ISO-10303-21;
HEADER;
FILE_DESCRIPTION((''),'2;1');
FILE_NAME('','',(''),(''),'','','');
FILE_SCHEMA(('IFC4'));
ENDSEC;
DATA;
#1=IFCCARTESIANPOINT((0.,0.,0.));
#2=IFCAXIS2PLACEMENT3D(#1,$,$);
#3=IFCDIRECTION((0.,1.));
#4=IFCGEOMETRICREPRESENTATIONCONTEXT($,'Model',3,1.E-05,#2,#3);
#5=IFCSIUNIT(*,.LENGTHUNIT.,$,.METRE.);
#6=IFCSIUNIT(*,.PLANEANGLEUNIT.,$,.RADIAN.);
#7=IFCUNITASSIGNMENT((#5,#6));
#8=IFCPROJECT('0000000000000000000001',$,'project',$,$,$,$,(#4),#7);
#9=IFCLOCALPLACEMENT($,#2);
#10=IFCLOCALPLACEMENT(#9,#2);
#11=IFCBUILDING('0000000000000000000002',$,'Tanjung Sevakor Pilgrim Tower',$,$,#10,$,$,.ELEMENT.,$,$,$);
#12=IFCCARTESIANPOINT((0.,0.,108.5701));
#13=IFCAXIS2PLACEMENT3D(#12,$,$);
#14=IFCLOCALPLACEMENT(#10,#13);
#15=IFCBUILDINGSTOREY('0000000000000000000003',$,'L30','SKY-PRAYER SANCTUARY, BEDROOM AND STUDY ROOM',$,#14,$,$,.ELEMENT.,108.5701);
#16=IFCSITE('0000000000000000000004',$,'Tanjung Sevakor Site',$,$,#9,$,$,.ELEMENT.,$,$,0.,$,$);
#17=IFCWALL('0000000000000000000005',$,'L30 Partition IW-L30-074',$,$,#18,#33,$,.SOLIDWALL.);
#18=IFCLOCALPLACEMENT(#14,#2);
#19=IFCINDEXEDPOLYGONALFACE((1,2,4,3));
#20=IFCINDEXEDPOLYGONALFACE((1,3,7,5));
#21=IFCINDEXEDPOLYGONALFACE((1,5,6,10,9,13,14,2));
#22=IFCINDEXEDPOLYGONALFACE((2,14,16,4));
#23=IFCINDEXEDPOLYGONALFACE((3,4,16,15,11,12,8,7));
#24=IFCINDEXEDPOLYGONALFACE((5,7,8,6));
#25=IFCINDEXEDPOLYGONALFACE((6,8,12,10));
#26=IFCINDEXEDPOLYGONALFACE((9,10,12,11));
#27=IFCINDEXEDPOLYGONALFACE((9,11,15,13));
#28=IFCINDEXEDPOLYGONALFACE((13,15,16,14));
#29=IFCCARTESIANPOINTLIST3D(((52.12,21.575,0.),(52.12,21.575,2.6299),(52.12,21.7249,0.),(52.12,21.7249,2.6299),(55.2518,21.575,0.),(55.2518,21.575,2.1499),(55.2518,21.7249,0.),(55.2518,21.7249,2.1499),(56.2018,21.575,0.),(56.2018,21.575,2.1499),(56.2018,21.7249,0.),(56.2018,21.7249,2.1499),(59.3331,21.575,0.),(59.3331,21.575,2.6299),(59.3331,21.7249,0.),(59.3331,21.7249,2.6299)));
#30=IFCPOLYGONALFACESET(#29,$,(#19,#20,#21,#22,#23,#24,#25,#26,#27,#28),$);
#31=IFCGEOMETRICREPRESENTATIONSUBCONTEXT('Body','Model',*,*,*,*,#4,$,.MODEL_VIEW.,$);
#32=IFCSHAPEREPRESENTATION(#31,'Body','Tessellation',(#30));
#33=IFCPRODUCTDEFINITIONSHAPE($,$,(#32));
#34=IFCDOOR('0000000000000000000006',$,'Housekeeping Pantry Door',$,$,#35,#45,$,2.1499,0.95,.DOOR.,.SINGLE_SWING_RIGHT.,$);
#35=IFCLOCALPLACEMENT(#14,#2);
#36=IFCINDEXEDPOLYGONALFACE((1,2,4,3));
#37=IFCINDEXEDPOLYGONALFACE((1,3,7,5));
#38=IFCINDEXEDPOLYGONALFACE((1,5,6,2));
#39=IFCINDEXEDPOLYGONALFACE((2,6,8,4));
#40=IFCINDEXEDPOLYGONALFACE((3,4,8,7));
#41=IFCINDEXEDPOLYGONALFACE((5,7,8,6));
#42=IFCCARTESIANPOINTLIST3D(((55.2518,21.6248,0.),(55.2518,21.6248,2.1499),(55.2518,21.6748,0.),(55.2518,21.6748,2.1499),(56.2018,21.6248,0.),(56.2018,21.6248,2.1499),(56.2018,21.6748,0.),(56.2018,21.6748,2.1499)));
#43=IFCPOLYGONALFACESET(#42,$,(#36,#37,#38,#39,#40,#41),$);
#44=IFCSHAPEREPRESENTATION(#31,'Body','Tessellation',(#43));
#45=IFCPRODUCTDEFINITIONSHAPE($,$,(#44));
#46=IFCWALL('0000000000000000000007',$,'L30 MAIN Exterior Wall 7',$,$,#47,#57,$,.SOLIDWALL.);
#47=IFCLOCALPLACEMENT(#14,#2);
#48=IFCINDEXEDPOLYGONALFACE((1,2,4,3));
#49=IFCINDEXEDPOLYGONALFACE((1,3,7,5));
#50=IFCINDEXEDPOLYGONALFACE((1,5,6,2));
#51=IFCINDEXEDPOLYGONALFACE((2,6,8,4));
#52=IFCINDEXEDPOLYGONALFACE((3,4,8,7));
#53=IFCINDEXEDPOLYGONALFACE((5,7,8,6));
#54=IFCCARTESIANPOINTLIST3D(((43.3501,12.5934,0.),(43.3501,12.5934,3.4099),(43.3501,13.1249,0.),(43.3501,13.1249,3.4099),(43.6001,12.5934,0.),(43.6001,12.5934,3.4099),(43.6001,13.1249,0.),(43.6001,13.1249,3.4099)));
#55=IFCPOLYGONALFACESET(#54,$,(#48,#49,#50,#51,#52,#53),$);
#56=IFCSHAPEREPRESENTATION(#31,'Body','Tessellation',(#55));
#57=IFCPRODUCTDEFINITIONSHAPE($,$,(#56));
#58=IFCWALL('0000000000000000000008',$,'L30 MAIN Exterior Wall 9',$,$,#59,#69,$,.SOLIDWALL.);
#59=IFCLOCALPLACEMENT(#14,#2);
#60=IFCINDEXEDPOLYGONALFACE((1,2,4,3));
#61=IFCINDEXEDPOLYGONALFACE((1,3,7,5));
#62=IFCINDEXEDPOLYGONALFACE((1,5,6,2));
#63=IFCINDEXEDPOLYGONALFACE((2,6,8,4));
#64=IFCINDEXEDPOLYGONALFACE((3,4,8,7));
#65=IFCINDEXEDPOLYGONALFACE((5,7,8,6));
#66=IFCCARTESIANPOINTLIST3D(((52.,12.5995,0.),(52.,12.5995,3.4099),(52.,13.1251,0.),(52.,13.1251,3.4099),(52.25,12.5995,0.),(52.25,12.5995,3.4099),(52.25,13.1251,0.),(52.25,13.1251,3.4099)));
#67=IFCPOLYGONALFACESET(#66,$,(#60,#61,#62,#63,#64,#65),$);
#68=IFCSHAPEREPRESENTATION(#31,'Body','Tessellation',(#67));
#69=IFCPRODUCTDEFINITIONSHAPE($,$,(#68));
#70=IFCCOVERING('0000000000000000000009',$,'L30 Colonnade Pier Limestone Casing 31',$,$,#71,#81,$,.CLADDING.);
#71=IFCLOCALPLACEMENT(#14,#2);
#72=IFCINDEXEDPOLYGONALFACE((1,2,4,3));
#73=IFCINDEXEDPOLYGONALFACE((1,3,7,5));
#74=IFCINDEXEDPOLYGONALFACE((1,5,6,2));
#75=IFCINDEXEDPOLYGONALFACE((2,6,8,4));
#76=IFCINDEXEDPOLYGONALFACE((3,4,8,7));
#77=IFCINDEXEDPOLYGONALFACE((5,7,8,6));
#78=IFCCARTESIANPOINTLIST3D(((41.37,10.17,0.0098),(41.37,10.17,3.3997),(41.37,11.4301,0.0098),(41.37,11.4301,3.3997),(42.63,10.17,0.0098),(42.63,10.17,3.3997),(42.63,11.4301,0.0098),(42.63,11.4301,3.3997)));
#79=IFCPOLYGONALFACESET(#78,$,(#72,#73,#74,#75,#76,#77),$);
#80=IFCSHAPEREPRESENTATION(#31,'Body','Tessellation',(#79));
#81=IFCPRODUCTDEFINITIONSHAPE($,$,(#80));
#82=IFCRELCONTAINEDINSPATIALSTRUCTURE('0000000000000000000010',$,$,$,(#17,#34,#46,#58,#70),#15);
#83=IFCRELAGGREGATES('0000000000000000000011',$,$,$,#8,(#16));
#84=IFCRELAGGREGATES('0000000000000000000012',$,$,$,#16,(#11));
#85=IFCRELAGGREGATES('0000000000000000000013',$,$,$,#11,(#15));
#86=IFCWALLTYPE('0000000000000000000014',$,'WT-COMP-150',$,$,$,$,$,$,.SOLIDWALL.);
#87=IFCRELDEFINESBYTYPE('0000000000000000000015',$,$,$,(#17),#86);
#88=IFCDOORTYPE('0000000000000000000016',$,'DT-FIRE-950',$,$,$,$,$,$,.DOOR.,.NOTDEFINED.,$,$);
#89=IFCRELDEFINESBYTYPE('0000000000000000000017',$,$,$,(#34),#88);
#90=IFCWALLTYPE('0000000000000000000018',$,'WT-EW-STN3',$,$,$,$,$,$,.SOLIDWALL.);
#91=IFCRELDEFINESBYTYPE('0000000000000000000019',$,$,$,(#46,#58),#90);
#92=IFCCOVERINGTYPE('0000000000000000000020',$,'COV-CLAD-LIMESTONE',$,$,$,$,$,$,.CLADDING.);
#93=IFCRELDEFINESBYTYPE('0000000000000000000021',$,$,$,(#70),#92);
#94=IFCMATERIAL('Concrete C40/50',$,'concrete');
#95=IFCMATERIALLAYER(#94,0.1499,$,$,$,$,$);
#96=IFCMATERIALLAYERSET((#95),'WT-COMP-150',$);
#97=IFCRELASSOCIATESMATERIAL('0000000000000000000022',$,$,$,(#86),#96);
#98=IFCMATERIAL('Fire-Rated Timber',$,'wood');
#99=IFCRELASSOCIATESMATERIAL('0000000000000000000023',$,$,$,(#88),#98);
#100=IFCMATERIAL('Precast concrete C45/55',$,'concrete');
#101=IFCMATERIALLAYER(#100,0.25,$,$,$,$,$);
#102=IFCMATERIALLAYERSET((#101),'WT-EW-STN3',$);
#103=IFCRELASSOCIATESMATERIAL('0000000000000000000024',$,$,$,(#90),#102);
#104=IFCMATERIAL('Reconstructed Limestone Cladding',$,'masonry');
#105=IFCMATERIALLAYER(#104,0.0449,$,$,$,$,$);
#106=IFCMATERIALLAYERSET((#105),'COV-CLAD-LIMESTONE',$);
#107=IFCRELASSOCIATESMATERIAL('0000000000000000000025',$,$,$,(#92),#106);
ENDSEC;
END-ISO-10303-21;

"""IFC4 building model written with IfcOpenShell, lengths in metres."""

from ifc_helpers import new_model, si_unit, direction, frame, frame_2d, origin, origin_2d, place, context, subcontext, project, spatial, rectangle, extrude, material, layer, layer_set, type_object, element, fill, save


model = new_model("IFC4")

# Units and contexts
model_context = context("Model", 3, precision=1e-05, world=origin(), true_north=direction((0.0, 1.0)))
body_context = subcontext(model_context, "Body", "Model", "MODEL_VIEW")
ifc_project = project(units=[si_unit("LENGTHUNIT", "METRE"), si_unit("PLANEANGLEUNIT", "RADIAN")], contexts=[model_context])

# Site, building, storey
site_placement = place(None, origin())
site = spatial("IfcSite", under=ifc_project, at=site_placement, Name="Tanjung Sevakor Site", CompositionType="ELEMENT", RefElevation=0.0)
building_placement = place(site_placement, origin())
building = spatial("IfcBuilding", under=site, at=building_placement, Name="Tanjung Sevakor Pilgrim Tower", CompositionType="ELEMENT")
storey_placement = place(building_placement, frame((0.0, 0.0, 108.5701)))
storey = spatial("IfcBuildingStorey", under=building, at=storey_placement, Name="L30", Description="SKY-PRAYER SANCTUARY, BEDROOM AND STUDY ROOM", CompositionType="ELEMENT", Elevation=108.5701)

# Shared definitions
ifc_material_1 = material(Name="Concrete C40/50", Category="concrete")
ifc_layer_1 = layer(ifc_material_1, 0.1499)
ifc_layer_set_1 = layer_set([ifc_layer_1], Name="WT-COMP-150")
wall_type_1 = type_object("IfcWallType", Name="WT-COMP-150", PredefinedType="SOLIDWALL", material=ifc_layer_set_1)

# Wall, opening, door
wall_1_placement = place(storey_placement, frame((52.1201, 21.6499, 0.0), z_axis=(0.0, 0.0, 1.0), x_axis=(1.0, 0.0, 0.0)))
wall_1 = element("IfcWall", 1, at=wall_1_placement, inside=storey, type_object=wall_type_1, Name="L30 Partition IW-L30-074", PredefinedType="SOLIDWALL", context=body_context, shape_type="SweptSolid", body=[
    extrude(rectangle(XDim=7.2131, YDim=0.1499, at=frame_2d((3.6064, 0.0))), origin(), (0.0, 0.0, 1.0), 2.6299),
])
opening_1_placement = place(wall_1_placement, frame((3.1316, 0.0, 0.0)))
opening_1 = element("IfcOpeningElement", 2, at=opening_1_placement, cuts=wall_1, PredefinedType="OPENING", context=body_context, shape_type="SweptSolid", body=[
    extrude(rectangle(XDim=0.95, YDim=2.1499, at=frame_2d((0.4751, 1.075))), frame((0.0, 0.085, 0.0), z_axis=(0.0, -1.0, 0.0), x_axis=(1.0, 0.0, 0.0)), (0.0, 0.0, 1.0), 0.1699),
])
ifc_material_2 = material(Name="Fire-Rated Timber", Category="wood")
door_type_1 = type_object("IfcDoorType", Name="DT-FIRE-950", OperationType="NOTDEFINED", PredefinedType="DOOR", material=ifc_material_2)
door_1_placement = place(opening_1_placement, origin())
door_1 = element("IfcDoor", 3, at=door_1_placement, inside=storey, type_object=door_type_1, Name="Housekeeping Pantry Door", OperationType="SINGLE_SWING_RIGHT", OverallHeight=2.1499, OverallWidth=0.95, PredefinedType="DOOR", context=body_context, shape_type="SweptSolid", body=[
    extrude(rectangle(XDim=0.95, YDim=2.1499, at=frame_2d((0.4751, 1.075))), frame((0.0, 0.0249, 0.0), z_axis=(0.0, -1.0, 0.0), x_axis=(1.0, 0.0, 0.0)), (0.0, 0.0, 1.0), 0.05),
])
fill(opening_1, door_1)

# Walls
ifc_material_3 = material(Name="Precast concrete C45/55", Category="concrete")
ifc_layer_2 = layer(ifc_material_3, 0.25)
ifc_layer_set_2 = layer_set([ifc_layer_2], Name="WT-EW-STN3")
wall_type_2 = type_object("IfcWallType", Name="WT-EW-STN3", PredefinedType="SOLIDWALL", material=ifc_layer_set_2)
wall_2_placement = place(storey_placement, frame((43.4751, 12.5935, 0.0), z_axis=(0.0, 0.0, 1.0), x_axis=(0.0, 1.0, 0.0)))
element("IfcWall", 4, at=wall_2_placement, inside=storey, type_object=wall_type_2, Name="L30 MAIN Exterior Wall 7", PredefinedType="SOLIDWALL", context=body_context, shape_type="SweptSolid", body=[
    extrude(rectangle(XDim=0.5315, YDim=0.25, at=frame_2d((0.2656, 0.0))), origin(), (0.0, 0.0, 1.0), 3.4099),
])
wall_3_placement = place(storey_placement, frame((52.125, 13.125, 0.0), z_axis=(0.0, 0.0, 1.0), x_axis=(0.0, -1.0, 0.0)))
element("IfcWall", 5, at=wall_3_placement, inside=storey, type_object=wall_type_2, Name="L30 MAIN Exterior Wall 9", PredefinedType="SOLIDWALL", context=body_context, shape_type="SweptSolid", body=[
    extrude(rectangle(XDim=0.5256, YDim=0.25, at=frame_2d((0.2627, 0.0))), origin(), (0.0, 0.0, 1.0), 3.4099),
])

# Covering
ifc_material_4 = material(Name="Reconstructed Limestone Cladding", Category="masonry")
ifc_layer_3 = layer(ifc_material_4, 0.0449)
ifc_layer_set_3 = layer_set([ifc_layer_3], Name="COV-CLAD-LIMESTONE")
covering_type = type_object("IfcCoveringType", Name="COV-CLAD-LIMESTONE", PredefinedType="CLADDING", material=ifc_layer_set_3)
covering_placement = place(storey_placement, frame((42.0, 10.8, 0.0098), z_axis=(0.0, 0.0, 1.0), x_axis=(1.0, 0.0, 0.0)))
element("IfcCovering", 6, at=covering_placement, inside=storey, type_object=covering_type, Name="L30 Colonnade Pier Limestone Casing 31", PredefinedType="CLADDING", context=body_context, shape_type="SweptSolid", body=[
    extrude(rectangle(XDim=1.26, YDim=1.26, at=origin_2d()), origin(), (0.0, 0.0, 1.0), 3.3899),
])

save(model, "model.ifc")
